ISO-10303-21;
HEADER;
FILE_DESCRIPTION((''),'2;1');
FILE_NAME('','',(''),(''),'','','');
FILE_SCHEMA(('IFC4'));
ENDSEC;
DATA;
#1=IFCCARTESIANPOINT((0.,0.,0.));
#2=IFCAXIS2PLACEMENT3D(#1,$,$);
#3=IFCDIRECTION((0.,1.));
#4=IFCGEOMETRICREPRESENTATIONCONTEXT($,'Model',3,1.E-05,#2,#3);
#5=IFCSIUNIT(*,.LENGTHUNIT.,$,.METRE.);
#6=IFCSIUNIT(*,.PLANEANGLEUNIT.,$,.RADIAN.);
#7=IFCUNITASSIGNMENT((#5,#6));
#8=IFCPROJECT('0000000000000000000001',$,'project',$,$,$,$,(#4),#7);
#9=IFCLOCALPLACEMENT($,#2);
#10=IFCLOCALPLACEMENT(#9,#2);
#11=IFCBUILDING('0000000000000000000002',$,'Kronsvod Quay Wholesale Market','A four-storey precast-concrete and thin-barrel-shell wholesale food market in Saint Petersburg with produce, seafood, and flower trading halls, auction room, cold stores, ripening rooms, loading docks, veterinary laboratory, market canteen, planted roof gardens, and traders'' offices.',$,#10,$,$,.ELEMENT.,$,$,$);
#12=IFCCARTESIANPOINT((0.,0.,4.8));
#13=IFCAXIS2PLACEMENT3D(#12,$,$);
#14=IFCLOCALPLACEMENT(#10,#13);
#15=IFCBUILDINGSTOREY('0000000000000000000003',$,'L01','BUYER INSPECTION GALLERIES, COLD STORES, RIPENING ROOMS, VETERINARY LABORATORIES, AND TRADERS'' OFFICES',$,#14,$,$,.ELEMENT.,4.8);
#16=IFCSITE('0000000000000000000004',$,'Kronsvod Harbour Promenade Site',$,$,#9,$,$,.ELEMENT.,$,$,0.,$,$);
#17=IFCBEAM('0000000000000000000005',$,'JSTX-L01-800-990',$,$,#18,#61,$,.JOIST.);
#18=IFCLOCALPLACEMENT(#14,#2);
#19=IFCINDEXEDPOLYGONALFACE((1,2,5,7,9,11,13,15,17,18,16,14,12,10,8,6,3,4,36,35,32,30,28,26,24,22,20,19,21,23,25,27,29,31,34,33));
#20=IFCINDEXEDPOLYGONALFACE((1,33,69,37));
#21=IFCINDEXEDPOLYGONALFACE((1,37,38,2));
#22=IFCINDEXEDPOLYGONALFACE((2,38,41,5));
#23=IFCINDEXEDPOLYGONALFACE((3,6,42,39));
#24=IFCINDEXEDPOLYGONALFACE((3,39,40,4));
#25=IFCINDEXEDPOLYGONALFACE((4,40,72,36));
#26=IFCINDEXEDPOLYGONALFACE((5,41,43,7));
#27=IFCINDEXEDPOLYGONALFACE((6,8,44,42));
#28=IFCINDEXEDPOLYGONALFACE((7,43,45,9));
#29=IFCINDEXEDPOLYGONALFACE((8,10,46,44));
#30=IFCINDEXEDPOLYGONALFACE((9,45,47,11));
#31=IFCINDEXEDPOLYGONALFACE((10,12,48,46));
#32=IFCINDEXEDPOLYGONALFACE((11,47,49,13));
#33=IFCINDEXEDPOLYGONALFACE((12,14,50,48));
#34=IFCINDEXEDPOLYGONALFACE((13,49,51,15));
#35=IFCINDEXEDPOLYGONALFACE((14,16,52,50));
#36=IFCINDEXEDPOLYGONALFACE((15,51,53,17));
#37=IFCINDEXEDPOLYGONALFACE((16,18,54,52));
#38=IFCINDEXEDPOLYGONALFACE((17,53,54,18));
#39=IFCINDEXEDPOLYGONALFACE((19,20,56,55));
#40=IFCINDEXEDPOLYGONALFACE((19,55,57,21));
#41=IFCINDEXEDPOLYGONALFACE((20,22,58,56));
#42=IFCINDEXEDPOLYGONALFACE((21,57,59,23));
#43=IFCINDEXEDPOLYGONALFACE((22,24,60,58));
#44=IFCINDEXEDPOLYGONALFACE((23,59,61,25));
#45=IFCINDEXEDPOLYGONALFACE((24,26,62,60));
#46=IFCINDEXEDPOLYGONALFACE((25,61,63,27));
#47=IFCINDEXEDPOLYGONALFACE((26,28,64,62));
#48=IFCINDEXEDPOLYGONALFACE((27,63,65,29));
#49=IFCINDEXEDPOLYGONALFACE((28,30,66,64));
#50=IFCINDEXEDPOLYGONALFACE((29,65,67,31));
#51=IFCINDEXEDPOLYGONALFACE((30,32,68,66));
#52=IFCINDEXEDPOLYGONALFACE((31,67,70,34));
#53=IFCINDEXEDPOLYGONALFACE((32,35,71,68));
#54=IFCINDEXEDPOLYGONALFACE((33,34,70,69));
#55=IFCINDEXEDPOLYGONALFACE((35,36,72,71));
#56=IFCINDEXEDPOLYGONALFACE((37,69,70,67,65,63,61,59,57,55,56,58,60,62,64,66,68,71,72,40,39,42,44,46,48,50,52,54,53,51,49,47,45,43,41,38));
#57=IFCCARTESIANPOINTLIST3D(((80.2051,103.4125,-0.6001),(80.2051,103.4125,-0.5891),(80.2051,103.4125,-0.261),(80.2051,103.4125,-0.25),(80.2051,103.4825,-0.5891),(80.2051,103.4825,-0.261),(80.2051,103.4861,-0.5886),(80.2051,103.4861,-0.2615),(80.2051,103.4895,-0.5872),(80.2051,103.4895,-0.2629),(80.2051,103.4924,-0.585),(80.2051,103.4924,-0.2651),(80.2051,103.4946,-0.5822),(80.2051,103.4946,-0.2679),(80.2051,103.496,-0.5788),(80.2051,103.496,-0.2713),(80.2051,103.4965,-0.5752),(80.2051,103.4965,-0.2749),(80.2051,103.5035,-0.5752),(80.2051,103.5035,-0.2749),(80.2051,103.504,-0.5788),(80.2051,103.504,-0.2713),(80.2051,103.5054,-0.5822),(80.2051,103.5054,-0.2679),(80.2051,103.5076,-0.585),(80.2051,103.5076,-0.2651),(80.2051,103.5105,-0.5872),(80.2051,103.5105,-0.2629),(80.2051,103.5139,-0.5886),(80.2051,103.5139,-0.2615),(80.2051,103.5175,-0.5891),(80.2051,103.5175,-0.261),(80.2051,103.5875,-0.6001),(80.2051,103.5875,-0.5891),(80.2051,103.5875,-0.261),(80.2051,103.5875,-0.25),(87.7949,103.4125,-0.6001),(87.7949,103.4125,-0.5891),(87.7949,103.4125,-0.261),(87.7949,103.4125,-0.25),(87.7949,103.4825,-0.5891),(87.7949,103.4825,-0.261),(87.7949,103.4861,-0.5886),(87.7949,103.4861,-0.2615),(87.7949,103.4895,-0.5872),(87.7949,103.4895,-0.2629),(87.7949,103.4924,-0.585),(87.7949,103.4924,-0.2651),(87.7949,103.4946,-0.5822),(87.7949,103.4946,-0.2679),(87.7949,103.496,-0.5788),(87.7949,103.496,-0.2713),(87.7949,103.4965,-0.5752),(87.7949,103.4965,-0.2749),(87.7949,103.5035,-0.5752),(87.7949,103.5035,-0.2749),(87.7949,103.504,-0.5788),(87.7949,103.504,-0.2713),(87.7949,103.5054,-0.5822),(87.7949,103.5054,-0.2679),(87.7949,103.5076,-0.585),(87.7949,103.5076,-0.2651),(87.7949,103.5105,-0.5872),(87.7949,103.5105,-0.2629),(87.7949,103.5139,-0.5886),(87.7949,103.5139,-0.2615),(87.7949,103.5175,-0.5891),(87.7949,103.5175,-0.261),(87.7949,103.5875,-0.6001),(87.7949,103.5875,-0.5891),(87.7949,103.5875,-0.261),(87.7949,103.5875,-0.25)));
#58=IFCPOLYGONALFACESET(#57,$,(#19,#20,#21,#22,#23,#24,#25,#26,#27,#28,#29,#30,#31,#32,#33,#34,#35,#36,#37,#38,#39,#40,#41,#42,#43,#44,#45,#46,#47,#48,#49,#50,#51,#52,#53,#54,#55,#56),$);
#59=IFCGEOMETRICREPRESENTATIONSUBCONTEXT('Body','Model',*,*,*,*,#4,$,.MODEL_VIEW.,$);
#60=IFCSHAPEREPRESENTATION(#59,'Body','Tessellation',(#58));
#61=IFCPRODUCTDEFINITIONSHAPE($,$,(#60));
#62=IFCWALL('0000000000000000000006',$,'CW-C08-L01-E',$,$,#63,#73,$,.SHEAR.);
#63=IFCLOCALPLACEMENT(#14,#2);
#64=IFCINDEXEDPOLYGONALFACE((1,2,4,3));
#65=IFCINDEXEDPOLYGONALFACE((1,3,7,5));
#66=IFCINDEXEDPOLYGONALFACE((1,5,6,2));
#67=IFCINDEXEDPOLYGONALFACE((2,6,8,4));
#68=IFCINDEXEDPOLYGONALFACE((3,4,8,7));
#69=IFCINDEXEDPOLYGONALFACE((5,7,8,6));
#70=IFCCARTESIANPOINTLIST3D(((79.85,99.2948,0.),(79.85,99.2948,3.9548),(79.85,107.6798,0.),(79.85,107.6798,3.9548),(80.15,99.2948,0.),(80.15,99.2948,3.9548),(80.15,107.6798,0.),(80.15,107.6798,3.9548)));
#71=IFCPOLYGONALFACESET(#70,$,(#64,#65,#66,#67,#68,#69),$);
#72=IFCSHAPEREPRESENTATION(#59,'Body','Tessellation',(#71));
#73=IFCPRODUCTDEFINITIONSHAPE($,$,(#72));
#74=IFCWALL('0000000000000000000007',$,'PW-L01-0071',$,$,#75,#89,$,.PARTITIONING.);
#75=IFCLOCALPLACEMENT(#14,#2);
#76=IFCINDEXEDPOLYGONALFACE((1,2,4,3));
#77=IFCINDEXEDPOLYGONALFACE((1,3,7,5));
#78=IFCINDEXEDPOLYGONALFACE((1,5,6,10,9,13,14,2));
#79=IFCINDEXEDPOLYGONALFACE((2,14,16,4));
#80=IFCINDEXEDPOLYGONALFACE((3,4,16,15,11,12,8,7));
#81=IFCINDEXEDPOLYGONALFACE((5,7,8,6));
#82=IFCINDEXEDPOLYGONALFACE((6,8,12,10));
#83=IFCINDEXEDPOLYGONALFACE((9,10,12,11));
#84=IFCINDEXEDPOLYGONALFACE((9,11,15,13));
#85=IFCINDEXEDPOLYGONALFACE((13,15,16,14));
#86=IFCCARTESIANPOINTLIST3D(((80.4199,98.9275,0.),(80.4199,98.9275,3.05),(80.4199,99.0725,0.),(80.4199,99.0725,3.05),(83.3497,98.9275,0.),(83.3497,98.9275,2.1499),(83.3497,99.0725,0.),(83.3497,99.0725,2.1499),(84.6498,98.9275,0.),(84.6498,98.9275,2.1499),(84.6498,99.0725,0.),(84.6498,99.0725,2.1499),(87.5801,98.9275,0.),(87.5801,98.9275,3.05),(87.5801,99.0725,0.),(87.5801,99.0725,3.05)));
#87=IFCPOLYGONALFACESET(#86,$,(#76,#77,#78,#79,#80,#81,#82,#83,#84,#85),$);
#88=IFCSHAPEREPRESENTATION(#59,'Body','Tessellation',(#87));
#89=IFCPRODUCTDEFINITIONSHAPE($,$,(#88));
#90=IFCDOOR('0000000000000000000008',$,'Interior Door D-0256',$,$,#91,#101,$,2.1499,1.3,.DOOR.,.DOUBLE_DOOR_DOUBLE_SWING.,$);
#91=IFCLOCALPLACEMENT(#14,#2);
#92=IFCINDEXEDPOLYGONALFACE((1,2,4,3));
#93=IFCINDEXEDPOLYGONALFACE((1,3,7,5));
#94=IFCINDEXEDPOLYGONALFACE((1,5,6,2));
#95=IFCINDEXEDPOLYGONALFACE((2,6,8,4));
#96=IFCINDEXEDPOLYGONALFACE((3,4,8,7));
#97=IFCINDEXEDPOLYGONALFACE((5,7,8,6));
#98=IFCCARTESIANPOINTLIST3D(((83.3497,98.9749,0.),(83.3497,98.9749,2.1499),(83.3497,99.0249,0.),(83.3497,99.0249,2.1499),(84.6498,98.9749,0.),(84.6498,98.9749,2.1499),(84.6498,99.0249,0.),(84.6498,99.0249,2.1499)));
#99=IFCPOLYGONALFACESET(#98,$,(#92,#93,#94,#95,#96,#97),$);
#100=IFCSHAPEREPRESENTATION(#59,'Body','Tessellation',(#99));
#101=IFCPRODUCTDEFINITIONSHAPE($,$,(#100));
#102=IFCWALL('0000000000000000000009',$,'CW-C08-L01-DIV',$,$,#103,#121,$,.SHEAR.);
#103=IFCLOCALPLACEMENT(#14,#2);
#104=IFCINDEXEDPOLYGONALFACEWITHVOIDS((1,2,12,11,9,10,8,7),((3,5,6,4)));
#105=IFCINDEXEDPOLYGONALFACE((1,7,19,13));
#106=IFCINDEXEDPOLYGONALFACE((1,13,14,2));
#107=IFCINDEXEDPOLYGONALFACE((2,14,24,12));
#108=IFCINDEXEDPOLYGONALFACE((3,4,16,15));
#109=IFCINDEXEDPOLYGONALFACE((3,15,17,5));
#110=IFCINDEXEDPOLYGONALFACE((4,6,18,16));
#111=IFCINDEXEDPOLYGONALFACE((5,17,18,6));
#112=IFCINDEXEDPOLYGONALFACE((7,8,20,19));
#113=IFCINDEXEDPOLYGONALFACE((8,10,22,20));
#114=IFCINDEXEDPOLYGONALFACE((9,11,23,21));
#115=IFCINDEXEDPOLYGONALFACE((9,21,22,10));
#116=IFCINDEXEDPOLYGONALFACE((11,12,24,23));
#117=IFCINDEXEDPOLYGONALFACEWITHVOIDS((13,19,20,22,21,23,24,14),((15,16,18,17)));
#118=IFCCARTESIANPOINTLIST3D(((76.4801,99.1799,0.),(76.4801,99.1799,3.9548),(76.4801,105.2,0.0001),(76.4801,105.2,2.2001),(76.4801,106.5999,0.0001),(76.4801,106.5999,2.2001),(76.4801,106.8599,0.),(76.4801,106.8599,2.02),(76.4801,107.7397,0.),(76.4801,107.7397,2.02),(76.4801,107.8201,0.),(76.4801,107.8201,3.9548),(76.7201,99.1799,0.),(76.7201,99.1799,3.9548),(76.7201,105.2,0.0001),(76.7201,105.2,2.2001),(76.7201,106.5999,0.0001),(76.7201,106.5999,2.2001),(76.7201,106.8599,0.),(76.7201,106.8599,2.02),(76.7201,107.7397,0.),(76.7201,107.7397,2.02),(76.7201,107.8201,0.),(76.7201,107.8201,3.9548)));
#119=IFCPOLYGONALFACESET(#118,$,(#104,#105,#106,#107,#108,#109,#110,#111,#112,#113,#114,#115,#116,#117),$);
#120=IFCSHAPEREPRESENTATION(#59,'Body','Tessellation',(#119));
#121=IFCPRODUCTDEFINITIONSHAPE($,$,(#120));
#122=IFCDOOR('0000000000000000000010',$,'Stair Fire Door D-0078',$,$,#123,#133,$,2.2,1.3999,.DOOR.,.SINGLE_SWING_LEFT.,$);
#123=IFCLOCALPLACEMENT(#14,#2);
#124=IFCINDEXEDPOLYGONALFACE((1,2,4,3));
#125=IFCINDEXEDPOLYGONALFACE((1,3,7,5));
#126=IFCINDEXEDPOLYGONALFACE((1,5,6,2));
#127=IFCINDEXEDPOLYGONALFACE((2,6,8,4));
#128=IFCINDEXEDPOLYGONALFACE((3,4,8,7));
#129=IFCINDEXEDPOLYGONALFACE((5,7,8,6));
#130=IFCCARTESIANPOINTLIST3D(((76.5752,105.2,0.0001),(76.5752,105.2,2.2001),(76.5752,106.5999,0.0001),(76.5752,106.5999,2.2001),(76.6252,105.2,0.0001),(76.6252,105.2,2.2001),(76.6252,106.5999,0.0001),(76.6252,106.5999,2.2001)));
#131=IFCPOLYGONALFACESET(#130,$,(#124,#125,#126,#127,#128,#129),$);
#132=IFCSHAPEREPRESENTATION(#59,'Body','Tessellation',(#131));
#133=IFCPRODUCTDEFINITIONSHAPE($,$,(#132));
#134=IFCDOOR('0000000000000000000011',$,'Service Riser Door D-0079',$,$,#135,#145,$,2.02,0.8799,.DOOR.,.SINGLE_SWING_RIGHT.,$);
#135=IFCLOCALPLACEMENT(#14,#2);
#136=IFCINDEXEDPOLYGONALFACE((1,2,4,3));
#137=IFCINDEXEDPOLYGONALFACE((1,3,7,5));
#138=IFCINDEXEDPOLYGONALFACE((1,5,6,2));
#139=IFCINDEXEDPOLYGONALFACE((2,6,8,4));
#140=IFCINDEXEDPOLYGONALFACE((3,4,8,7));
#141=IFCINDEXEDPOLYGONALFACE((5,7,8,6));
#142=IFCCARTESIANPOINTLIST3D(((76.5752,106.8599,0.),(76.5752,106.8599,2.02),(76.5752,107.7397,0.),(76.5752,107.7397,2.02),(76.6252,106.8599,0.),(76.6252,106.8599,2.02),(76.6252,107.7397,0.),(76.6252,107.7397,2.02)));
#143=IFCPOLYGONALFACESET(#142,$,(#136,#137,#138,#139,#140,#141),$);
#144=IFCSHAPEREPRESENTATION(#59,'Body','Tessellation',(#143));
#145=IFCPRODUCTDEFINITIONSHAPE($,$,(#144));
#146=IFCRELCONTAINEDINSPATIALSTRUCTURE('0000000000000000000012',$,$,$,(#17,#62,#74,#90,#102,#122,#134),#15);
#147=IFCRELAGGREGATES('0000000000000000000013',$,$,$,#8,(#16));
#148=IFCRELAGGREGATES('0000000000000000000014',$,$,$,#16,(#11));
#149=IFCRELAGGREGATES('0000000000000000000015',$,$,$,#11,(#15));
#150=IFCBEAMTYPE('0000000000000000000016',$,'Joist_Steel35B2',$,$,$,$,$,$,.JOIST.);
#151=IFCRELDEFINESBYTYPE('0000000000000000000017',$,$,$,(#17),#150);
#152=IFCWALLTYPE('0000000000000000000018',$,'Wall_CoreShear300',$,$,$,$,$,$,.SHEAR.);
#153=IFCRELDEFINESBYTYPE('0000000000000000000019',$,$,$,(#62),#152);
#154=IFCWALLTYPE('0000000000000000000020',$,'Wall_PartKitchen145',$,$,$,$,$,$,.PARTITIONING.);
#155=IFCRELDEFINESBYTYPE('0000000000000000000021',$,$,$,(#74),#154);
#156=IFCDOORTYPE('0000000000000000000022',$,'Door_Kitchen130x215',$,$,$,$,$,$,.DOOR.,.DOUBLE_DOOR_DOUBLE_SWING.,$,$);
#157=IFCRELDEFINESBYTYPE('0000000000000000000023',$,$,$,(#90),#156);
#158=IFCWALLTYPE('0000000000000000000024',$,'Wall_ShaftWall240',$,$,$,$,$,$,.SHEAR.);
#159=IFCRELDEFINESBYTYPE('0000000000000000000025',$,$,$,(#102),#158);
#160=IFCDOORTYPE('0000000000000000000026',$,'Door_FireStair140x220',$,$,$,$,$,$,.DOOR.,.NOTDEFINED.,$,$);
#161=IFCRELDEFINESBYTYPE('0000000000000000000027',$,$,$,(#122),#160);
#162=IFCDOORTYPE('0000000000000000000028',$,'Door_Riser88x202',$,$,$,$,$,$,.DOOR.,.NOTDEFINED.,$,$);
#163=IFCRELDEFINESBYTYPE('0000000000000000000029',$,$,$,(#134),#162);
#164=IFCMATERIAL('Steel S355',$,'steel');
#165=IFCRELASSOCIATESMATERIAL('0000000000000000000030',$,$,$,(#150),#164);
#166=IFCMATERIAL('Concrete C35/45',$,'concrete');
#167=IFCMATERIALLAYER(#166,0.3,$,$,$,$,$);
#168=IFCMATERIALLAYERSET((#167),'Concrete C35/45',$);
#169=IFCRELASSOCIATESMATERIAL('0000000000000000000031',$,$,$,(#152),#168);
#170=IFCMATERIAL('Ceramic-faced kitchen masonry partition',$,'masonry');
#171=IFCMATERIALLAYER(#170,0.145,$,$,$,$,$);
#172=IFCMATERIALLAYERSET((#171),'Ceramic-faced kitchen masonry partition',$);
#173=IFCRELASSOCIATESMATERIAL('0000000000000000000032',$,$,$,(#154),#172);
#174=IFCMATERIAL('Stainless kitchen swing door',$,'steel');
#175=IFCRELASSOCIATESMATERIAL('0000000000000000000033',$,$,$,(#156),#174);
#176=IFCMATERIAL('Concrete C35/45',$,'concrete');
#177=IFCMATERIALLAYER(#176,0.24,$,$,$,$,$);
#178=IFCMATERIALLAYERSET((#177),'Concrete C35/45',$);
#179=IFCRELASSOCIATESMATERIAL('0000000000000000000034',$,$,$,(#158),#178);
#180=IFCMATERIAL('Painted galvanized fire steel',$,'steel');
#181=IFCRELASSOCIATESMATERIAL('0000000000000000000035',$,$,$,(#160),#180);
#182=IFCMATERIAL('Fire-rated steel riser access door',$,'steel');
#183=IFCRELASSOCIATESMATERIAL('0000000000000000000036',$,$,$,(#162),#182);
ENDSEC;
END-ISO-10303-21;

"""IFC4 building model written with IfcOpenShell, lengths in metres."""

from ifc_helpers import new_model, si_unit, direction, frame, frame_2d, origin, origin_2d, place, context, subcontext, project, spatial, rectangle, i_section, extrude, material, layer, layer_set, material_profile, profile_set, type_object, element, fill, save


model = new_model("IFC4")

# Units and contexts
model_context = context("Model", 3, precision=1e-05, world=origin(), true_north=direction((0.0, 1.0)))
body_context = subcontext(model_context, "Body", "Model", "MODEL_VIEW")
ifc_project = project(units=[si_unit("LENGTHUNIT", "METRE"), si_unit("PLANEANGLEUNIT", "RADIAN")], contexts=[model_context])

# Site, building, storey
site_placement = place(None, origin())
site = spatial("IfcSite", under=ifc_project, at=site_placement, Name="Kronsvod Harbour Promenade Site", CompositionType="ELEMENT", RefElevation=0.0)
building_placement = place(site_placement, origin())
building = spatial("IfcBuilding", under=site, at=building_placement, Name="Kronsvod Quay Wholesale Market", Description="A four-storey precast-concrete and thin-barrel-shell wholesale food market in Saint Petersburg with produce, seafood, and flower trading halls, auction room, cold stores, ripening rooms, loading docks, veterinary laboratory, market canteen, planted roof gardens, and traders' offices.", CompositionType="ELEMENT")
storey_placement = place(building_placement, frame((0.0, 0.0, 4.8)))
storey = spatial("IfcBuildingStorey", under=building, at=storey_placement, Name="L01", Description="BUYER INSPECTION GALLERIES, COLD STORES, RIPENING ROOMS, VETERINARY LABORATORIES, AND TRADERS' OFFICES", CompositionType="ELEMENT", Elevation=4.8)

# Beam
ifc_material_1 = material(Name="Steel S355", Category="steel")
ifc_material_profile_1 = material_profile(ifc_material_1, i_section(OverallWidth=0.175, OverallDepth=0.3501, WebThickness=0.0071, FlangeThickness=0.011, FilletRadius=0.0139, at=origin_2d()), Name="35B2")
ifc_profile_set_1 = profile_set([ifc_material_profile_1], Name="Steel S355")
beam_type_1 = type_object("IfcBeamType", Name="Joist_Steel35B2", PredefinedType="JOIST", material=ifc_profile_set_1)
for number, where, z_axis, x_axis, name in (
    (1, (80.2051, 103.5, -0.425), (1.0, 0.0, 0.0), (0.0, 1.0, 0.0), "JSTX-L01-800-990"),
):
    element("IfcBeam", number, at=place(storey_placement, frame(where, z_axis=z_axis, x_axis=x_axis)), inside=storey, type_object=beam_type_1, Name=name, PredefinedType="JOIST", context=body_context, shape_type="SweptSolid", body=[
        extrude(i_section(OverallWidth=0.175, OverallDepth=0.3501, WebThickness=0.0071, FlangeThickness=0.011, FilletRadius=0.0139, at=origin_2d()), origin(), (0.0, 0.0, 1.0), 7.5898),
    ])

# Wall
ifc_material_2 = material(Name="Concrete C35/45", Category="concrete")
ifc_layer_1 = layer(ifc_material_2, 0.3)
ifc_layer_set_1 = layer_set([ifc_layer_1], Name="Concrete C35/45")
wall_type_1 = type_object("IfcWallType", Name="Wall_CoreShear300", PredefinedType="SHEAR", material=ifc_layer_set_1)
wall_1_placement = place(storey_placement, frame((80.0, 99.2949, 0.0), z_axis=(0.0, 0.0, 1.0), x_axis=(0.0, 1.0, 0.0)))
element("IfcWall", 2, at=wall_1_placement, inside=storey, type_object=wall_type_1, Name="CW-C08-L01-E", PredefinedType="SHEAR", context=body_context, shape_type="SweptSolid", body=[
    extrude(rectangle(XDim=8.385, YDim=0.3, at=frame_2d((4.1924, 0.0))), origin(), (0.0, 0.0, 1.0), 3.9548),
])

# Wall, opening, door
ifc_material_3 = material(Name="Ceramic-faced kitchen masonry partition", Category="masonry")
ifc_layer_2 = layer(ifc_material_3, 0.145)
ifc_layer_set_2 = layer_set([ifc_layer_2], Name="Ceramic-faced kitchen masonry partition")
wall_type_2 = type_object("IfcWallType", Name="Wall_PartKitchen145", PredefinedType="PARTITIONING", material=ifc_layer_set_2)
wall_2_placement = place(storey_placement, frame((80.4199, 99.0, 0.0), z_axis=(0.0, 0.0, 1.0), x_axis=(1.0, 0.0, 0.0)))
wall_2 = element("IfcWall", 3, at=wall_2_placement, inside=storey, type_object=wall_type_2, Name="PW-L01-0071", PredefinedType="PARTITIONING", context=body_context, shape_type="SweptSolid", body=[
    extrude(rectangle(XDim=7.1602, YDim=0.145, at=frame_2d((3.5801, 0.0))), origin(), (0.0, 0.0, 1.0), 3.05),
])
opening_1_placement = place(wall_2_placement, frame((2.9299, 0.0, 0.0)))
opening_1 = element("IfcOpeningElement", 4, at=opening_1_placement, cuts=wall_2, PredefinedType="OPENING", context=body_context, shape_type="SweptSolid", body=[
    extrude(rectangle(XDim=1.3, YDim=2.1499, at=frame_2d((0.6499, 1.075))), frame((0.0, 0.0825, 0.0), z_axis=(0.0, -1.0, 0.0), x_axis=(1.0, 0.0, 0.0)), (0.0, 0.0, 1.0), 0.165),
])
ifc_material_4 = material(Name="Stainless kitchen swing door", Category="steel")
door_type_1 = type_object("IfcDoorType", Name="Door_Kitchen130x215", OperationType="DOUBLE_DOOR_DOUBLE_SWING", PredefinedType="DOOR", material=ifc_material_4)
door_1_placement = place(opening_1_placement, origin())
door_1 = element("IfcDoor", 5, at=door_1_placement, inside=storey, type_object=door_type_1, Name="Interior Door D-0256", OperationType="DOUBLE_DOOR_DOUBLE_SWING", OverallHeight=2.1499, OverallWidth=1.3, PredefinedType="DOOR", context=body_context, shape_type="SweptSolid", body=[
    extrude(rectangle(XDim=1.3, YDim=2.1499, at=frame_2d((0.6499, 1.075))), frame((0.0, 0.0249, 0.0), z_axis=(0.0, -1.0, 0.0), x_axis=(1.0, 0.0, 0.0)), (0.0, 0.0, 1.0), 0.05),
])
fill(opening_1, door_1)

# Wall, openings, doors
ifc_material_5 = material(Name="Concrete C35/45", Category="concrete")
ifc_layer_3 = layer(ifc_material_5, 0.24)
ifc_layer_set_3 = layer_set([ifc_layer_3], Name="Concrete C35/45")
wall_type_3 = type_object("IfcWallType", Name="Wall_ShaftWall240", PredefinedType="SHEAR", material=ifc_layer_set_3)
wall_3_placement = place(storey_placement, frame((76.6001, 99.1799, 0.0), z_axis=(0.0, 0.0, 1.0), x_axis=(0.0, 1.0, 0.0)))
wall_3 = element("IfcWall", 6, at=wall_3_placement, inside=storey, type_object=wall_type_3, Name="CW-C08-L01-DIV", PredefinedType="SHEAR", context=body_context, shape_type="SweptSolid", body=[
    extrude(rectangle(XDim=8.6401, YDim=0.24, at=frame_2d((4.3201, 0.0))), origin(), (0.0, 0.0, 1.0), 3.9548),
])
opening_2_placement = place(wall_3_placement, frame((6.02, 0.0, 0.0)))
opening_2 = element("IfcOpeningElement", 7, at=opening_2_placement, cuts=wall_3, PredefinedType="OPENING", context=body_context, shape_type="SweptSolid", body=[
    extrude(rectangle(XDim=1.3999, YDim=2.2, at=frame_2d((0.7, 1.1001))), frame((0.0, 0.1299, 0.0), z_axis=(0.0, -1.0, 0.0), x_axis=(1.0, 0.0, 0.0)), (0.0, 0.0, 1.0), 0.26),
])
opening_3_placement = place(wall_3_placement, frame((7.6799, 0.0, 0.0)))
opening_3 = element("IfcOpeningElement", 8, at=opening_3_placement, cuts=wall_3, PredefinedType="OPENING", context=body_context, shape_type="SweptSolid", body=[
    extrude(rectangle(XDim=0.8799, YDim=2.02, at=frame_2d((0.4399, 1.01))), frame((0.0, 0.1299, 0.0), z_axis=(0.0, -1.0, 0.0), x_axis=(1.0, 0.0, 0.0)), (0.0, 0.0, 1.0), 0.26),
])
ifc_material_6 = material(Name="Painted galvanized fire steel", Category="steel")
door_type_2 = type_object("IfcDoorType", Name="Door_FireStair140x220", OperationType="NOTDEFINED", PredefinedType="DOOR", material=ifc_material_6)
door_2_placement = place(opening_2_placement, origin())
door_2 = element("IfcDoor", 9, at=door_2_placement, inside=storey, type_object=door_type_2, Name="Stair Fire Door D-0078", OperationType="SINGLE_SWING_LEFT", OverallHeight=2.2, OverallWidth=1.3999, PredefinedType="DOOR", context=body_context, shape_type="SweptSolid", body=[
    extrude(rectangle(XDim=1.3999, YDim=2.2, at=frame_2d((0.7, 1.1001))), frame((0.0, 0.0249, 0.0), z_axis=(0.0, -1.0, 0.0), x_axis=(1.0, 0.0, 0.0)), (0.0, 0.0, 1.0), 0.05),
])
fill(opening_2, door_2)
ifc_material_7 = material(Name="Fire-rated steel riser access door", Category="steel")
door_type_3 = type_object("IfcDoorType", Name="Door_Riser88x202", OperationType="NOTDEFINED", PredefinedType="DOOR", material=ifc_material_7)
door_3_placement = place(opening_3_placement, origin())
door_3 = element("IfcDoor", 10, at=door_3_placement, inside=storey, type_object=door_type_3, Name="Service Riser Door D-0079", OperationType="SINGLE_SWING_RIGHT", OverallHeight=2.02, OverallWidth=0.8799, PredefinedType="DOOR", context=body_context, shape_type="SweptSolid", body=[
    extrude(rectangle(XDim=0.8799, YDim=2.02, at=frame_2d((0.4399, 1.01))), frame((0.0, 0.0249, 0.0), z_axis=(0.0, -1.0, 0.0), x_axis=(1.0, 0.0, 0.0)), (0.0, 0.0, 1.0), 0.05),
])
fill(opening_3, door_3)

save(model, "model.ifc")
